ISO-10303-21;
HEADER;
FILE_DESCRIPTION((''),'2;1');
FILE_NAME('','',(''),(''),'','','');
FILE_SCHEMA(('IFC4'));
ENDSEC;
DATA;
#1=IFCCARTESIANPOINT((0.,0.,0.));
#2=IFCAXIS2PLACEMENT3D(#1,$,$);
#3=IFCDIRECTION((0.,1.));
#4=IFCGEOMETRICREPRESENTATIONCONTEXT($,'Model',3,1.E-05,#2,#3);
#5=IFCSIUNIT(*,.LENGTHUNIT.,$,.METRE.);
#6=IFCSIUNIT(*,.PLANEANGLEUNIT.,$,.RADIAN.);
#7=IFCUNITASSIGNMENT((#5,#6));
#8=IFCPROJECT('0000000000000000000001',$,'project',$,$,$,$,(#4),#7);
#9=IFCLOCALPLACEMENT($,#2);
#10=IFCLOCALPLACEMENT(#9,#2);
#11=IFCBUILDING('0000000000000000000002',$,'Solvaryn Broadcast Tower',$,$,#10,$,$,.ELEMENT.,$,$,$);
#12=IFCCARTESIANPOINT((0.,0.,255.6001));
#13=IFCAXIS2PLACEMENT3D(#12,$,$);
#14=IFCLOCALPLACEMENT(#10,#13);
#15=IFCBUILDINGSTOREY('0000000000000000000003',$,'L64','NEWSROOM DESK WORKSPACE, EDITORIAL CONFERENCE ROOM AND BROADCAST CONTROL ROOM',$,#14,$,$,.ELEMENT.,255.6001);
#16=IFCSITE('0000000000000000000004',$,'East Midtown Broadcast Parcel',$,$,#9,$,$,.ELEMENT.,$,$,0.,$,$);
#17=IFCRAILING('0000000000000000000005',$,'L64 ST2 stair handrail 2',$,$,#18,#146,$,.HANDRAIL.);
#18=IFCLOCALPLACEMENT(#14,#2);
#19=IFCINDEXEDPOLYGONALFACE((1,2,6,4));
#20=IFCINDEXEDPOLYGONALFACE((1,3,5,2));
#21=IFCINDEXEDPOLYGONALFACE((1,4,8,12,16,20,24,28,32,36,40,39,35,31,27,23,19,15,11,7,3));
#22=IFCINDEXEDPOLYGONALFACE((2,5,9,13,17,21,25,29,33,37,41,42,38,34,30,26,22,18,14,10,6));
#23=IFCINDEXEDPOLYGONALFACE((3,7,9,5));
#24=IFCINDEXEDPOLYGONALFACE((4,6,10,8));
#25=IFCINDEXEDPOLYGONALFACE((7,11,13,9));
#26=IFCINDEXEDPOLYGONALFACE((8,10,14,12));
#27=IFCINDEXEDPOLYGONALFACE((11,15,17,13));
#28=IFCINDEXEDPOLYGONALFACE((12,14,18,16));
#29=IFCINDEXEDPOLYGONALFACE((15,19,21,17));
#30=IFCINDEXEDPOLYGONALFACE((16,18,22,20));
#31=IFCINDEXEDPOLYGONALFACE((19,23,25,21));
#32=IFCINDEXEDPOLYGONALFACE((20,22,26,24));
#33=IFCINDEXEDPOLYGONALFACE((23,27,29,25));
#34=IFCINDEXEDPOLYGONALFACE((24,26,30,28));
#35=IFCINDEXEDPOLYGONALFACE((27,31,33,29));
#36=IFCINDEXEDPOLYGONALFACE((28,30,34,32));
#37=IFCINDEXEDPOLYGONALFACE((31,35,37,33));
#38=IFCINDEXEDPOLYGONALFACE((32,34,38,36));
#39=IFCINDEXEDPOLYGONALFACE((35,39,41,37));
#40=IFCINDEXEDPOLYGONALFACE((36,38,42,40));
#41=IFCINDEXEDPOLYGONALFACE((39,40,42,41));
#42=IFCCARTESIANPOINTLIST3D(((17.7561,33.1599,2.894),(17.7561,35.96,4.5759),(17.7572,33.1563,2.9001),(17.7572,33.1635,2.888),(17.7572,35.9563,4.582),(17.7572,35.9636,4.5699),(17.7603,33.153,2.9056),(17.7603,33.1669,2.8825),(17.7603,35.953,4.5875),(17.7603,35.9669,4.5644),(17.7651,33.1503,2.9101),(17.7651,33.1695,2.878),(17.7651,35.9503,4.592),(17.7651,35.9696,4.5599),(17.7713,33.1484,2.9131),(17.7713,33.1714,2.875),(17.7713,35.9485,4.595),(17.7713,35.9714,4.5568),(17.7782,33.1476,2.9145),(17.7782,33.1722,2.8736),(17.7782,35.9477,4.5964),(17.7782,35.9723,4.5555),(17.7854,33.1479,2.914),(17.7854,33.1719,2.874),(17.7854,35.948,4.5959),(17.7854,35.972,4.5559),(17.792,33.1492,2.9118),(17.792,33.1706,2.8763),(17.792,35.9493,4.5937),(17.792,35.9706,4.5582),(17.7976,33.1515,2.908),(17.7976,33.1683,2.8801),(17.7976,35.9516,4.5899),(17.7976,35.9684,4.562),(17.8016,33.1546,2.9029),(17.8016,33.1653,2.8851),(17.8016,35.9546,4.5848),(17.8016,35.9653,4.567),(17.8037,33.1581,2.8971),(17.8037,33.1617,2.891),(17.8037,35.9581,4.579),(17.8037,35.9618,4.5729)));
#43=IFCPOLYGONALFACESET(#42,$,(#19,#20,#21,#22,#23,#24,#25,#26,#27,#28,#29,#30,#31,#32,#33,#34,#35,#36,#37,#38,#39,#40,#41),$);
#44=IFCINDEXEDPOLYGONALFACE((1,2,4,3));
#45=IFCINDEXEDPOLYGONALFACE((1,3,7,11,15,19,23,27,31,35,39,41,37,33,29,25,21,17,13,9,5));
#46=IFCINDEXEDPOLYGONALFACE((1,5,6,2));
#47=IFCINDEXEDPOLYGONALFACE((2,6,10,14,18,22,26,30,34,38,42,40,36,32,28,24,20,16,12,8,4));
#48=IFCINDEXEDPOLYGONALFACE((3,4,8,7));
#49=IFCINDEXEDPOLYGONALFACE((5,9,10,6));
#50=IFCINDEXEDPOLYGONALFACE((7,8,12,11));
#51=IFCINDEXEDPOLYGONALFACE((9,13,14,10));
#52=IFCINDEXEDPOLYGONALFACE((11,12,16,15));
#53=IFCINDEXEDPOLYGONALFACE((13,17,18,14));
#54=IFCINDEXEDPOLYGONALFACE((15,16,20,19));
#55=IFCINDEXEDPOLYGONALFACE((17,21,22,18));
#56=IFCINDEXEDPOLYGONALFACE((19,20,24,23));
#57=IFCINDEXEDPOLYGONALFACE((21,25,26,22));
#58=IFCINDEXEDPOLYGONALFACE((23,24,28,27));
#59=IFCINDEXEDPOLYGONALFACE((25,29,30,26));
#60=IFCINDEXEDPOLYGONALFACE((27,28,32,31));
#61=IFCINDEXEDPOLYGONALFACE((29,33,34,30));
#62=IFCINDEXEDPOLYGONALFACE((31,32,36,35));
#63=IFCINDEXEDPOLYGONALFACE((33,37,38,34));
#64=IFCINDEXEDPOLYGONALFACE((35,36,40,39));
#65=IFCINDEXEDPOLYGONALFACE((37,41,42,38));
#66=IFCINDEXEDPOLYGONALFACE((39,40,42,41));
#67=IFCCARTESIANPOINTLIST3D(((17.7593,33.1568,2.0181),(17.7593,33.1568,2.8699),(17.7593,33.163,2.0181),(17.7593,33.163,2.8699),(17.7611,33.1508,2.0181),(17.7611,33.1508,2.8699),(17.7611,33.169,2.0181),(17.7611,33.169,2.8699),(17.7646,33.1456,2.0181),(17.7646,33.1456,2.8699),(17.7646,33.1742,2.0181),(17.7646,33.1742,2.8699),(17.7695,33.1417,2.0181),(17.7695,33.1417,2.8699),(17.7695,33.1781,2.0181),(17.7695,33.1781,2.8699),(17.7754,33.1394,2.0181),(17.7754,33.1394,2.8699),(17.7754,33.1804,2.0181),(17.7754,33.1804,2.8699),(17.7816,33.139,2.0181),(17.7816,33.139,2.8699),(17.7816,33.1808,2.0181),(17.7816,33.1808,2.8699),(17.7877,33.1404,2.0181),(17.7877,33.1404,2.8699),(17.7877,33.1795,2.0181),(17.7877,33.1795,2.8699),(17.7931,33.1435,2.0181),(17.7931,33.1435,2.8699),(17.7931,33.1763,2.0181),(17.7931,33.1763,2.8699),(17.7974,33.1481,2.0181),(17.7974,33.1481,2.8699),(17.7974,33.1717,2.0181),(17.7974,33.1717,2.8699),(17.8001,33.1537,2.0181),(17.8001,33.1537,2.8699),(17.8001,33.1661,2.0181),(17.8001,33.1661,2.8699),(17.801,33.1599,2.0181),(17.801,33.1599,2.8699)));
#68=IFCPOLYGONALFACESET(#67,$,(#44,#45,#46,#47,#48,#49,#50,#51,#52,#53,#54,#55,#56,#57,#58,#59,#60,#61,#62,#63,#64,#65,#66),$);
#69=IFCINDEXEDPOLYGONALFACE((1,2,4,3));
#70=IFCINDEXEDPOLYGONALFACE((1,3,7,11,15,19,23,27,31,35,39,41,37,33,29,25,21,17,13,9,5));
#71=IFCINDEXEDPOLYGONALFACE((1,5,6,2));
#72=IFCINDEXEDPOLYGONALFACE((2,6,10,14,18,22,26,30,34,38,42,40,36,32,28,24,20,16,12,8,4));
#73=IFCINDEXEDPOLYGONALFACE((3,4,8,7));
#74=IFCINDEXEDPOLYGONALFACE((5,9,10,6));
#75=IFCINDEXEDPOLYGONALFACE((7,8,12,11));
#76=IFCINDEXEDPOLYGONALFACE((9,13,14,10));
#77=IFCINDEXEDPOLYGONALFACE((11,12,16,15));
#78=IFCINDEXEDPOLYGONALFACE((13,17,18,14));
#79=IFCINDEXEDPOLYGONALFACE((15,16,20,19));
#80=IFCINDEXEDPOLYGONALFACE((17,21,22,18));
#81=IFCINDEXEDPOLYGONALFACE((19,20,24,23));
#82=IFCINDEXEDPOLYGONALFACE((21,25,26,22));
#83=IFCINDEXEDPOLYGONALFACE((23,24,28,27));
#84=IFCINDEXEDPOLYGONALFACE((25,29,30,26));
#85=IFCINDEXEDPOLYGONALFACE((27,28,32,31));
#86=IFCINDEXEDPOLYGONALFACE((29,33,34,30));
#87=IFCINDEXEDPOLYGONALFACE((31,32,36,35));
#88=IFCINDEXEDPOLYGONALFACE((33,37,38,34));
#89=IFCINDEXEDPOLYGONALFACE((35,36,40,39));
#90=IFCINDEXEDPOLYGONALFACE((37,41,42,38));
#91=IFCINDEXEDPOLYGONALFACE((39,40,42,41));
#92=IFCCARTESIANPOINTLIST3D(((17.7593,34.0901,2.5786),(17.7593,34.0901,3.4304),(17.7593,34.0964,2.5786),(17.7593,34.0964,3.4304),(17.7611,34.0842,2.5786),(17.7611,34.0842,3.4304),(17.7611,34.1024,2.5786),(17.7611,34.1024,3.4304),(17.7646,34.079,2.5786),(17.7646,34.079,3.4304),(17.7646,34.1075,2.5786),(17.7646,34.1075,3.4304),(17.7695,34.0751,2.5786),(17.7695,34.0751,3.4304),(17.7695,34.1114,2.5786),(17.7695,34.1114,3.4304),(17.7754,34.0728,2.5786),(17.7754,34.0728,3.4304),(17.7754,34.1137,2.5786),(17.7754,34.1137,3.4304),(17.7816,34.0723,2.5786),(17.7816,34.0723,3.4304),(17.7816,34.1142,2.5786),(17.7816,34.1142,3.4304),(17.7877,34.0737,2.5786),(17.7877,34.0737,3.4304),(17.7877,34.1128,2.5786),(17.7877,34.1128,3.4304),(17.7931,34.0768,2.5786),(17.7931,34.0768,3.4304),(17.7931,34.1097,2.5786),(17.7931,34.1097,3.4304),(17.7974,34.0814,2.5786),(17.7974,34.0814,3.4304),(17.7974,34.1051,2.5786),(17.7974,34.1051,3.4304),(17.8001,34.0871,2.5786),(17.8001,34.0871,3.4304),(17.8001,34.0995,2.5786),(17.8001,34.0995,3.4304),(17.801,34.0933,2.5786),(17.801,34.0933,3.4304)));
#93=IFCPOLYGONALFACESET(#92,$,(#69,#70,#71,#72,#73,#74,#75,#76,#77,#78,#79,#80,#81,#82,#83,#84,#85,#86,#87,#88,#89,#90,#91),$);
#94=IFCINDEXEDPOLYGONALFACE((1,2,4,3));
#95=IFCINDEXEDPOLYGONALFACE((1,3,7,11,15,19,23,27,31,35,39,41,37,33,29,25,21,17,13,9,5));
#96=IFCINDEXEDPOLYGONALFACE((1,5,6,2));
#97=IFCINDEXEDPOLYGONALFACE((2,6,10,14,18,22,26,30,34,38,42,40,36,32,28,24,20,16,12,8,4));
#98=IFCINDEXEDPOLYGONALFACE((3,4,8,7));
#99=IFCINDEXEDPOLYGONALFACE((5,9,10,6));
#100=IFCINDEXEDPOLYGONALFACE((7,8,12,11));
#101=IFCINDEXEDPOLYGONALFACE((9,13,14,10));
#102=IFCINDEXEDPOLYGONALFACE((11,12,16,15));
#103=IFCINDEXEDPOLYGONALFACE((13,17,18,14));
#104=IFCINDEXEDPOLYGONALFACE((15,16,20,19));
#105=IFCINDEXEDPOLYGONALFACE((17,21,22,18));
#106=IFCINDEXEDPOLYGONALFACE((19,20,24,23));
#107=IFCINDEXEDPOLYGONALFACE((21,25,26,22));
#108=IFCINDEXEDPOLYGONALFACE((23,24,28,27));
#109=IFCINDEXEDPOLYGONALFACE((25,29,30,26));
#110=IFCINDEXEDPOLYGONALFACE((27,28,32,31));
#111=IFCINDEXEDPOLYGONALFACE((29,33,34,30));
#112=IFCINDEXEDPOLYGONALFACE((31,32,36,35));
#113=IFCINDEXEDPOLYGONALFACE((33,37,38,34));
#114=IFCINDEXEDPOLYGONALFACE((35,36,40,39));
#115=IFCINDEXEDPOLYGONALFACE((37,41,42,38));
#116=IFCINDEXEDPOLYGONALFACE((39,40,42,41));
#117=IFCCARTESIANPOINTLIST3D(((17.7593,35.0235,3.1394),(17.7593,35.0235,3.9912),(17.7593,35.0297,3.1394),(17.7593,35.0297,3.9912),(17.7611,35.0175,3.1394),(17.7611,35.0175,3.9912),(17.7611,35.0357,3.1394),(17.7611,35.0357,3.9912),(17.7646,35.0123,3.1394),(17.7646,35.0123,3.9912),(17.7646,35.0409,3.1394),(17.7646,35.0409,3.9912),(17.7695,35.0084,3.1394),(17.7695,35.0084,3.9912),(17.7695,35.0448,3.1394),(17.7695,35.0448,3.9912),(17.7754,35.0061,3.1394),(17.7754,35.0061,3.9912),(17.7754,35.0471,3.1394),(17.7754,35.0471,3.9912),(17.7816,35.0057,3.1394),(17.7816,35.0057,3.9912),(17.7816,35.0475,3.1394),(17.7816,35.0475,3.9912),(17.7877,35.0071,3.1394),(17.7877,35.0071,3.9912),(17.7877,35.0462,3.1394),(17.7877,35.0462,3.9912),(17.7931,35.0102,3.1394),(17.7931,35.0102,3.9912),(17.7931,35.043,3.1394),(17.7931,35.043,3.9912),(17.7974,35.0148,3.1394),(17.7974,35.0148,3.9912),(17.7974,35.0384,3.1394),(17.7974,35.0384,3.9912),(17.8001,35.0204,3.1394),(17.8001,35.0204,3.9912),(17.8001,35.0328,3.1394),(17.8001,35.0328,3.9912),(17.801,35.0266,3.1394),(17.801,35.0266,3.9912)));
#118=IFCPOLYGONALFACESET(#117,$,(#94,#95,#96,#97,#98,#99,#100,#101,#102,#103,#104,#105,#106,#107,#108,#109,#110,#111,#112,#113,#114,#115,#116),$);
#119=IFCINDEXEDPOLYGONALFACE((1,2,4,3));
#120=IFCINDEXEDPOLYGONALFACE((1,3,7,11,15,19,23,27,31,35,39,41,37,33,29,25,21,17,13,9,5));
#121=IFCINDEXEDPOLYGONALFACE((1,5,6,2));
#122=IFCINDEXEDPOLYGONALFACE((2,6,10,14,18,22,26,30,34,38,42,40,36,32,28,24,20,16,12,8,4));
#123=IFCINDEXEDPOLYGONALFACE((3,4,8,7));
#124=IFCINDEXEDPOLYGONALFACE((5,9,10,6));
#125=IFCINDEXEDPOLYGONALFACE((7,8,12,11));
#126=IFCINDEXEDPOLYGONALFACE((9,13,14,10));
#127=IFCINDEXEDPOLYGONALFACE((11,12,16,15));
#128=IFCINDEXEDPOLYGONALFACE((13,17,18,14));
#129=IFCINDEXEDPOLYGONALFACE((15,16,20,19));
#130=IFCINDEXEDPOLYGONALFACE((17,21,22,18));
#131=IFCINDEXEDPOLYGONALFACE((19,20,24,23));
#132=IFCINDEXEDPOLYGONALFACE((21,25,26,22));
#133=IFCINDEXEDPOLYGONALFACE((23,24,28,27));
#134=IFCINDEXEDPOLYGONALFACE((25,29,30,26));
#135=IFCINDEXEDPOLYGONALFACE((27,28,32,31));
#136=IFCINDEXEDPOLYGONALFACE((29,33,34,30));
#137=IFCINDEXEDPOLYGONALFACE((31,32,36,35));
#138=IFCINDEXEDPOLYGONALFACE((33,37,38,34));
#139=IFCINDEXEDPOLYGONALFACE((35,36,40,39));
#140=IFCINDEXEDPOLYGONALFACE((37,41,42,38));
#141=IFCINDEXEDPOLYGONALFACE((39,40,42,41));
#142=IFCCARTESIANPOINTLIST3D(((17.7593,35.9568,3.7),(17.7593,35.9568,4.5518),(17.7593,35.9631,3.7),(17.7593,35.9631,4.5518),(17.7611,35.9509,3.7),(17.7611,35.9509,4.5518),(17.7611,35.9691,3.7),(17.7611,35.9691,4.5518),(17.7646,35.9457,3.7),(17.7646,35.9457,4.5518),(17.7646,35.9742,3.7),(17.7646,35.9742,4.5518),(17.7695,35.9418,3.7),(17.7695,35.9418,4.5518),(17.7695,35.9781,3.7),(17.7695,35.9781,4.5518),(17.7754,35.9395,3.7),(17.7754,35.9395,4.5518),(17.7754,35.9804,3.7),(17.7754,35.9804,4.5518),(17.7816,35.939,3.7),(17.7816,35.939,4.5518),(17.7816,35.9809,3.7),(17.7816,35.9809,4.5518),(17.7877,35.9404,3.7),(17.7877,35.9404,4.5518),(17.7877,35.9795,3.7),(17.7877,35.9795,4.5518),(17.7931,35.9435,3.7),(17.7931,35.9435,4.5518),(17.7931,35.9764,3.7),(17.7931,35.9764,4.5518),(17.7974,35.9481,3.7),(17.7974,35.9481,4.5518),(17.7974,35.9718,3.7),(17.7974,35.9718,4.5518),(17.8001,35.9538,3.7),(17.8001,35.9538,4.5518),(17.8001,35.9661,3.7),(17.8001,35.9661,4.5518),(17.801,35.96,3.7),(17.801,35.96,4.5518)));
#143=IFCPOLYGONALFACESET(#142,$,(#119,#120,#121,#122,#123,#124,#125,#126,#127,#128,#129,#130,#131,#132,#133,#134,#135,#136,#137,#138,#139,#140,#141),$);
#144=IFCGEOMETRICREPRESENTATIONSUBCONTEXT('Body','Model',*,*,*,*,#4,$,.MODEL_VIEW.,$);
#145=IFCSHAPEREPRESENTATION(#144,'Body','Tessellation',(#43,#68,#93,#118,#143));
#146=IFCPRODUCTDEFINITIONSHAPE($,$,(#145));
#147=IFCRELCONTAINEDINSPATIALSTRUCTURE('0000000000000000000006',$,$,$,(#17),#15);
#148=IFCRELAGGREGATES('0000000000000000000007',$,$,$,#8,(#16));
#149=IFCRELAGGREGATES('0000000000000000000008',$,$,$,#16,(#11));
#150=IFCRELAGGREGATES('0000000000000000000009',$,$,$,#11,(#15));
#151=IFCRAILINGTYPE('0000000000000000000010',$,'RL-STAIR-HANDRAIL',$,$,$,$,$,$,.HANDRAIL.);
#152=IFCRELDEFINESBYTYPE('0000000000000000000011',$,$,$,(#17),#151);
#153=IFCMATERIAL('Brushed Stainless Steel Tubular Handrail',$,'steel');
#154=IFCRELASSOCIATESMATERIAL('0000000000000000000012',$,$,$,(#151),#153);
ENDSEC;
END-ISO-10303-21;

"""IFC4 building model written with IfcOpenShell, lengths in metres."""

from ifc_helpers import new_model, si_unit, direction, frame, origin, origin_2d, place, context, subcontext, project, spatial, circle, extrude, material, type_object, element, save


model = new_model("IFC4")

# Units and contexts
model_context = context("Model", 3, precision=1e-05, world=origin(), true_north=direction((0.0, 1.0)))
body_context = subcontext(model_context, "Body", "Model", "MODEL_VIEW")
ifc_project = project(units=[si_unit("LENGTHUNIT", "METRE"), si_unit("PLANEANGLEUNIT", "RADIAN")], contexts=[model_context])

# Site, building, storey
site_placement = place(None, origin())
site = spatial("IfcSite", under=ifc_project, at=site_placement, Name="East Midtown Broadcast Parcel", CompositionType="ELEMENT", RefElevation=0.0)
building_placement = place(site_placement, origin())
building = spatial("IfcBuilding", under=site, at=building_placement, Name="Solvaryn Broadcast Tower", CompositionType="ELEMENT")
storey_placement = place(building_placement, frame((0.0, 0.0, 255.6001)))
storey = spatial("IfcBuildingStorey", under=building, at=storey_placement, Name="L64", Description="NEWSROOM DESK WORKSPACE, EDITORIAL CONFERENCE ROOM AND BROADCAST CONTROL ROOM", CompositionType="ELEMENT", Elevation=255.6001)

# Railing
ifc_material_1 = material(Name="Brushed Stainless Steel Tubular Handrail", Category="steel")
railing_type_1 = type_object("IfcRailingType", Name="RL-STAIR-HANDRAIL", PredefinedType="HANDRAIL", material=ifc_material_1)
railing_1_placement = place(storey_placement, frame((17.78, 33.1599, 2.0181)))
element("IfcRailing", 1, at=railing_1_placement, inside=storey, type_object=railing_type_1, Name="L64 ST2 stair handrail 2", PredefinedType="HANDRAIL", context=body_context, shape_type="SweptSolid", body=[
    extrude(circle(Radius=0.0239, at=origin_2d()), frame((0.0, 0.0, 0.876), z_axis=(0.0, 0.857242, 0.514913), x_axis=(-1.0, 0.0, 0.0)), (0.0, 0.0, 1.0), 3.2664),
    extrude(circle(Radius=0.021, at=origin_2d()), origin(), (0.0, 0.0, 1.0), 0.8518),
    extrude(circle(Radius=0.021, at=origin_2d()), frame((0.0, 0.9333, 0.5605)), (0.0, 0.0, 1.0), 0.8518),
    extrude(circle(Radius=0.021, at=origin_2d()), frame((0.0, 1.8667, 1.1213)), (0.0, 0.0, 1.0), 0.8518),
    extrude(circle(Radius=0.021, at=origin_2d()), frame((0.0, 2.8, 1.6819)), (0.0, 0.0, 1.0), 0.8518),
])

save(model, "model.ifc")
